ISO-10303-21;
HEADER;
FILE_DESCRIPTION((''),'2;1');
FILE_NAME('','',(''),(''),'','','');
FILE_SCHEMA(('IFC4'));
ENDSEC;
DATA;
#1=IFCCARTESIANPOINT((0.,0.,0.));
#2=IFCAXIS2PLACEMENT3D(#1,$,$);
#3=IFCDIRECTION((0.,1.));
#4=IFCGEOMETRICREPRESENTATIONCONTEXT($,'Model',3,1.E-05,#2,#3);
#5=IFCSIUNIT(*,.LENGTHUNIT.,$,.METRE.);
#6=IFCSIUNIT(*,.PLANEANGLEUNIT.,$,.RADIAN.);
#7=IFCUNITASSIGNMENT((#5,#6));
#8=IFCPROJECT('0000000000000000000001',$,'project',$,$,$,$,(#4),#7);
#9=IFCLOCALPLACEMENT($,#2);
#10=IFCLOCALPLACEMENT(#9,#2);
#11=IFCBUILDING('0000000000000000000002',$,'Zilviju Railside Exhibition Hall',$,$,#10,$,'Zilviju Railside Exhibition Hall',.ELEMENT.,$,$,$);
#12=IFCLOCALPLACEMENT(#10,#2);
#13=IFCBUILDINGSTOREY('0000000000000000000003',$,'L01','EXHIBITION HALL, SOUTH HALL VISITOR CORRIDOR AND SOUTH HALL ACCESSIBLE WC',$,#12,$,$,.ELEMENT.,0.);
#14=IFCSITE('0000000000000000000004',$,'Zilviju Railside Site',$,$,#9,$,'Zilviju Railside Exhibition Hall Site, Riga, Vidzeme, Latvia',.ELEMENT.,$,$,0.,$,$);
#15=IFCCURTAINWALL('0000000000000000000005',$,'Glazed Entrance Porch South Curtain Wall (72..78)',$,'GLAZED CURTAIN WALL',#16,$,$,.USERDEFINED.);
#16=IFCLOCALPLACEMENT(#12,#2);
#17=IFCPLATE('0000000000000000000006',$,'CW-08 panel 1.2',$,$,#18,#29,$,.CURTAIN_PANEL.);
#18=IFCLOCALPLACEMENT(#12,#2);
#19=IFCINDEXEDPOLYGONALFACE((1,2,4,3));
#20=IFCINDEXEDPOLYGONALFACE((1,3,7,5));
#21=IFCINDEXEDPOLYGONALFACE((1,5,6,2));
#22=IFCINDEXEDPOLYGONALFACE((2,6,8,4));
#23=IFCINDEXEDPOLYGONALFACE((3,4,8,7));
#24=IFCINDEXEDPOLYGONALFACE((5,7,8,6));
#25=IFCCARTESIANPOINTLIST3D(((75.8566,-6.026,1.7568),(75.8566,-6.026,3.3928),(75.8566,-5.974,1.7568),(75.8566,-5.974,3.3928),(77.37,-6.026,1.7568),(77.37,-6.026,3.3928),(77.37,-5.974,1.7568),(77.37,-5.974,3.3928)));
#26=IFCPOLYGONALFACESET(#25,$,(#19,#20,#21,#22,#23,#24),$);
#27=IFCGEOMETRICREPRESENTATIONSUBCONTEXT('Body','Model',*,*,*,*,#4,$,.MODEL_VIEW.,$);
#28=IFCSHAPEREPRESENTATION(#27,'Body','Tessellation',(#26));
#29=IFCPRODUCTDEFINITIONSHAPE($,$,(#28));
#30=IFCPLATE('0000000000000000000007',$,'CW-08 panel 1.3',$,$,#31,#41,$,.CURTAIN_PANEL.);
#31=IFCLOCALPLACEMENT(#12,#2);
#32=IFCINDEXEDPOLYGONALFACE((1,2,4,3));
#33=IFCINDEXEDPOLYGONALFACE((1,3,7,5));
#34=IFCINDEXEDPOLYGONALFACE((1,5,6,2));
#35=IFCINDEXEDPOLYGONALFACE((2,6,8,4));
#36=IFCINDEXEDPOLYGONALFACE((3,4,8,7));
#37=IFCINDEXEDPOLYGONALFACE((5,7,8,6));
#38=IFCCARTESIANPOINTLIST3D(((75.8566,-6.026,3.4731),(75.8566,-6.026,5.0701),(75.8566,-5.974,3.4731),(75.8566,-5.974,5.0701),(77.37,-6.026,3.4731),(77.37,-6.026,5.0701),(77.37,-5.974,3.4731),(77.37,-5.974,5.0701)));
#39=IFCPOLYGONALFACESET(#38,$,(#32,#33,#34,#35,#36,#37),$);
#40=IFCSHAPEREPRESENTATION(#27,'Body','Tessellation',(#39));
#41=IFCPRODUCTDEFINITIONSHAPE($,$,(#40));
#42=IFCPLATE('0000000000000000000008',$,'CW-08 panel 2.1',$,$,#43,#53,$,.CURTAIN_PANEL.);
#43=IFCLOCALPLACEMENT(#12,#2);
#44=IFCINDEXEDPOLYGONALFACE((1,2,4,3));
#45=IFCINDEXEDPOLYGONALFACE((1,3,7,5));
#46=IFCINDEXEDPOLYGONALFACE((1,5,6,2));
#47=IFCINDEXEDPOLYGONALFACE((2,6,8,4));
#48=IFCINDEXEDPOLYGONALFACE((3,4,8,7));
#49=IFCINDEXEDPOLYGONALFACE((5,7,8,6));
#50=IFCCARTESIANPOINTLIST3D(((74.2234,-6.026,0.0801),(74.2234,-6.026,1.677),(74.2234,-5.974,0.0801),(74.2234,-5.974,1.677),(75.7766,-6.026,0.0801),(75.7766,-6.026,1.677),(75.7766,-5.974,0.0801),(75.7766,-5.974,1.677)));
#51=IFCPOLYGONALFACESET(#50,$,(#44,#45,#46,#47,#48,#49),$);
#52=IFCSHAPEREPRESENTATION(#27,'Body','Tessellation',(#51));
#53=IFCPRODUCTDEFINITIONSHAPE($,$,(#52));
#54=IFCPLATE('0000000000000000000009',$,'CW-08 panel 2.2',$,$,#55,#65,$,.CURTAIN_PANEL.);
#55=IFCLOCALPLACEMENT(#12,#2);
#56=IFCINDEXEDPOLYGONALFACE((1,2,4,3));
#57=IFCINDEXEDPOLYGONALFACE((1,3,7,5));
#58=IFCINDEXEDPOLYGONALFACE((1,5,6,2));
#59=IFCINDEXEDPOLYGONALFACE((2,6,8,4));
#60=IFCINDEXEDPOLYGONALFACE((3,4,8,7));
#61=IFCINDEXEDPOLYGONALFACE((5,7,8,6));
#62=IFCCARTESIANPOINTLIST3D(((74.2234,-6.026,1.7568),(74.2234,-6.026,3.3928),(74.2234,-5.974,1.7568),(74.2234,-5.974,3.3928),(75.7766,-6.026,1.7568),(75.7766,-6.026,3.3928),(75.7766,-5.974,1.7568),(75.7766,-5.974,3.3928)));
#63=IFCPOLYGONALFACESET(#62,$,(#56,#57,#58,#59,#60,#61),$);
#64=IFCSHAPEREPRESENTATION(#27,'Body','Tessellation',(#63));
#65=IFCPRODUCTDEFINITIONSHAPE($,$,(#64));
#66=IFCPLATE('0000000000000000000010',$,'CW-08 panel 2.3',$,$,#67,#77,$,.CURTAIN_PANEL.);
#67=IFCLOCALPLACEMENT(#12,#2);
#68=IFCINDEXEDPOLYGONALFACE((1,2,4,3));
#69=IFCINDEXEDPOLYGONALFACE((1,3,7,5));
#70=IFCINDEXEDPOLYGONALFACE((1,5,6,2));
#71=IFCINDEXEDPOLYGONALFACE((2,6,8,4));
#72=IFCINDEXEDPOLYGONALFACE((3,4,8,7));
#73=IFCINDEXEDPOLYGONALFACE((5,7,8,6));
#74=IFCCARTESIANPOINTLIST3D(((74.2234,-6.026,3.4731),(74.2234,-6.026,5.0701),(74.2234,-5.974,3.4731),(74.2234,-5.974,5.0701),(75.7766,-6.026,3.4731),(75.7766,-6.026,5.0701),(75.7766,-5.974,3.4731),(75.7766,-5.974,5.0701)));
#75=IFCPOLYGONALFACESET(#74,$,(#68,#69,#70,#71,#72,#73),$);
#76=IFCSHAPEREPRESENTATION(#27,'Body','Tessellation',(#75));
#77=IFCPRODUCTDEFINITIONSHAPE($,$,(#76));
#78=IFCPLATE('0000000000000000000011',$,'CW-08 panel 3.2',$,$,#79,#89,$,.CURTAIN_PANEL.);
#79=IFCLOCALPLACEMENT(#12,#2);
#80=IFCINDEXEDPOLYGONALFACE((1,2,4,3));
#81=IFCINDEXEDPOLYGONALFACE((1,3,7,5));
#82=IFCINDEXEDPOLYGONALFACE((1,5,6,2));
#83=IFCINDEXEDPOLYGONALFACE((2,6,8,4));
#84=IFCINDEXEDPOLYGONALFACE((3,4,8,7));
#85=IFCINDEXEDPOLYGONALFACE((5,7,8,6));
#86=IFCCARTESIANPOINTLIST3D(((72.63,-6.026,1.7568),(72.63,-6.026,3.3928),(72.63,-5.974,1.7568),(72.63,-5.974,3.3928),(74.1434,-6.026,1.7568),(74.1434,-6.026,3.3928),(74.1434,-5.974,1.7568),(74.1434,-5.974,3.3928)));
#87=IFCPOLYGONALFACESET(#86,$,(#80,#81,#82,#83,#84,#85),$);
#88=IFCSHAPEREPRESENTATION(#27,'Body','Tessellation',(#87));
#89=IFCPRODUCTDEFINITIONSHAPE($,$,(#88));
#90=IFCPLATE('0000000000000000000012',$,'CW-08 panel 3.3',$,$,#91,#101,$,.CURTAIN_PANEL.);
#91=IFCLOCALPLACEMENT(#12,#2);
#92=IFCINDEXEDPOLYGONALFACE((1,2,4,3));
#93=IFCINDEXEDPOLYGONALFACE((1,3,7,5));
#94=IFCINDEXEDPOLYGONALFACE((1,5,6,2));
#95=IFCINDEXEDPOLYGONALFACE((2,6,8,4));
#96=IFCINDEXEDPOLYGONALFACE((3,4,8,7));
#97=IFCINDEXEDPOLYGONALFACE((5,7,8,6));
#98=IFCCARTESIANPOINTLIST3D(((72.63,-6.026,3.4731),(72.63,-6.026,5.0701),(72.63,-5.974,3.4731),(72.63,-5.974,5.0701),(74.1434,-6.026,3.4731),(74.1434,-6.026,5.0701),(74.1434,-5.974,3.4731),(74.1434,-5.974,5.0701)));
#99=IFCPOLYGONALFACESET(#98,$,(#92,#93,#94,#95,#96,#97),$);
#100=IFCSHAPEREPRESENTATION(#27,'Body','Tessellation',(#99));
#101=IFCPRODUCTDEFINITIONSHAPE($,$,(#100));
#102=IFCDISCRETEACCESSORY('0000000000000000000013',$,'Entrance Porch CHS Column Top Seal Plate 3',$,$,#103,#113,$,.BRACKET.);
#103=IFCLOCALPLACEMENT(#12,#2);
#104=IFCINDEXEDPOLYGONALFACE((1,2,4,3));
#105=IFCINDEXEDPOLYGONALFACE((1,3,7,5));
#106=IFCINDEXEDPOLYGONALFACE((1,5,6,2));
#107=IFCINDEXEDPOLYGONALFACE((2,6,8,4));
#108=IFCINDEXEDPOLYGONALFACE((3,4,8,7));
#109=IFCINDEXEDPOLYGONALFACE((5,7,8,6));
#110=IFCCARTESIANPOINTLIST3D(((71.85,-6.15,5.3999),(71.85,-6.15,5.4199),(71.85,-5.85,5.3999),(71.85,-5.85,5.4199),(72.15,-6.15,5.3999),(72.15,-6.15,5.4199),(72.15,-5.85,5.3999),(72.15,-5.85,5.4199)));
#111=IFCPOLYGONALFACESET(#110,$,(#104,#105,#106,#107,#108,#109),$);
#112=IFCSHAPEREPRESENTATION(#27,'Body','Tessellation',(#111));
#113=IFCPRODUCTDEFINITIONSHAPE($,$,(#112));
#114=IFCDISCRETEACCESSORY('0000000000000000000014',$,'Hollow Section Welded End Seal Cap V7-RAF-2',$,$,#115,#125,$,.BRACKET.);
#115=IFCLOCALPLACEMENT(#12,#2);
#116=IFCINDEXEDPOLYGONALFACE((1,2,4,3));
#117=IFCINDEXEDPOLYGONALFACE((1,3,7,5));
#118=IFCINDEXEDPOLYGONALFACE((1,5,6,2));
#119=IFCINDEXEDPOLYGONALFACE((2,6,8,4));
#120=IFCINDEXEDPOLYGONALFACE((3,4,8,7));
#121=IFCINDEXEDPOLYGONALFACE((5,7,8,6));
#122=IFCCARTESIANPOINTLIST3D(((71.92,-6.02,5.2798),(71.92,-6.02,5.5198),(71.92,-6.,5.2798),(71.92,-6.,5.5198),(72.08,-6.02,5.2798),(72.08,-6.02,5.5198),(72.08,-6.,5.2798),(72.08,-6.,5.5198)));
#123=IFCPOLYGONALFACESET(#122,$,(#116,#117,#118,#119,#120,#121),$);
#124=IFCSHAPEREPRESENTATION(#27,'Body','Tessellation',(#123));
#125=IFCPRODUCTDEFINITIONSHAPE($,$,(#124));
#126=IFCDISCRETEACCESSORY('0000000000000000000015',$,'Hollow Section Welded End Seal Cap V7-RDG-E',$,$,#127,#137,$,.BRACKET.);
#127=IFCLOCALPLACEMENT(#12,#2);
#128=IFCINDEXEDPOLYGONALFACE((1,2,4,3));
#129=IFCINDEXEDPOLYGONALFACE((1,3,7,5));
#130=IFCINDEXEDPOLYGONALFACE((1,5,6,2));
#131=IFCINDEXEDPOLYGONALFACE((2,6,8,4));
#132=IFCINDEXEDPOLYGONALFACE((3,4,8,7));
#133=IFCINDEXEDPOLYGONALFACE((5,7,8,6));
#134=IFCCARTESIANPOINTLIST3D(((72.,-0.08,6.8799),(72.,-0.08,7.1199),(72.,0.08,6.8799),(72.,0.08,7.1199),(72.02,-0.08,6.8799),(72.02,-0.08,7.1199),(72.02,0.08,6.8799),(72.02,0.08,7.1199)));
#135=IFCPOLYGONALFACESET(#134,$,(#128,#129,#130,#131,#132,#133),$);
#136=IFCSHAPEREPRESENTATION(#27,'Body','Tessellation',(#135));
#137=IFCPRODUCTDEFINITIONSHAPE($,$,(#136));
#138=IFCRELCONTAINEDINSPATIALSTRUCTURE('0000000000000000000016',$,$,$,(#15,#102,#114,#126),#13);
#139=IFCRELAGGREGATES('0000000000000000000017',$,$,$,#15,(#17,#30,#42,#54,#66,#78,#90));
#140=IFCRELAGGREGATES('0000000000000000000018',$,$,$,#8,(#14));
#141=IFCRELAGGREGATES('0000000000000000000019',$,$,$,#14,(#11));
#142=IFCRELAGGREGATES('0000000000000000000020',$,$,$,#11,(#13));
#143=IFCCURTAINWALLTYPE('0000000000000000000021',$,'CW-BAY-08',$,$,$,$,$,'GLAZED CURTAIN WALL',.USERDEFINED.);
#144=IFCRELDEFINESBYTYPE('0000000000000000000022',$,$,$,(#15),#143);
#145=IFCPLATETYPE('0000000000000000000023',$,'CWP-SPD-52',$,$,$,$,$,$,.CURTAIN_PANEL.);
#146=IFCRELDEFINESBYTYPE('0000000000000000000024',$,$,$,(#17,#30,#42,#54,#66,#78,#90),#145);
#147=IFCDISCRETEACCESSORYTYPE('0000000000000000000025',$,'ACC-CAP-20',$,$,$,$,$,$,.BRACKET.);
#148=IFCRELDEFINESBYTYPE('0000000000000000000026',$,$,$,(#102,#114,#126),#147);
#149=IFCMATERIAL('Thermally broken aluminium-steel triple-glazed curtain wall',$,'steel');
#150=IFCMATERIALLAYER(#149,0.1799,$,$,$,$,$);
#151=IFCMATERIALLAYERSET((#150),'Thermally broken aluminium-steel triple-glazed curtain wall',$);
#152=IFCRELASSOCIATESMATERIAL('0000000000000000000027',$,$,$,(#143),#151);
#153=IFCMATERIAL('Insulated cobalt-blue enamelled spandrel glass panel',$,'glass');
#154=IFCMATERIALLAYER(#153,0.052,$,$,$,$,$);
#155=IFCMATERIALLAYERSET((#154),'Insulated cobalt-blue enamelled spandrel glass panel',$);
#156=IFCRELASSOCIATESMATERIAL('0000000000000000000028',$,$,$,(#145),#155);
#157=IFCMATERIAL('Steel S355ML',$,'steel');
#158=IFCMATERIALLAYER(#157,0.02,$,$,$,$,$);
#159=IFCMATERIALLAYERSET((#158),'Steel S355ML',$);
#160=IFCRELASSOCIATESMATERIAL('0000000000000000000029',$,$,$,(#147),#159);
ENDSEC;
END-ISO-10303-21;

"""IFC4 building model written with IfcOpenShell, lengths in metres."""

from ifc_helpers import new_model, si_unit, direction, frame, origin, origin_2d, place, context, subcontext, project, spatial, rectangle, extrude, material, layer, layer_set, type_object, element, aggregate, save


model = new_model("IFC4")

# Units and contexts
model_context = context("Model", 3, precision=1e-05, world=origin(), true_north=direction((0.0, 1.0)))
body_context = subcontext(model_context, "Body", "Model", "MODEL_VIEW")
ifc_project = project(units=[si_unit("LENGTHUNIT", "METRE"), si_unit("PLANEANGLEUNIT", "RADIAN")], contexts=[model_context])

# Site, building, storey
site_placement = place(None, origin())
site = spatial("IfcSite", under=ifc_project, at=site_placement, Name="Zilviju Railside Site", LongName="Zilviju Railside Exhibition Hall Site, Riga, Vidzeme, Latvia", CompositionType="ELEMENT", RefElevation=0.0)
building_placement = place(site_placement, origin())
building = spatial("IfcBuilding", under=site, at=building_placement, Name="Zilviju Railside Exhibition Hall", LongName="Zilviju Railside Exhibition Hall", CompositionType="ELEMENT")
storey_placement = place(building_placement, origin())
storey = spatial("IfcBuildingStorey", under=building, at=storey_placement, Name="L01", Description="EXHIBITION HALL, SOUTH HALL VISITOR CORRIDOR AND SOUTH HALL ACCESSIBLE WC", CompositionType="ELEMENT", Elevation=0.0)

# Shared definitions
ifc_material_1 = material(Name="Steel S355ML", Category="steel")

# Curtain wall
ifc_material_2 = material(Name="Thermally broken aluminium-steel triple-glazed curtain wall", Category="steel")
ifc_layer_1 = layer(ifc_material_2, 0.1799)
ifc_layer_set_1 = layer_set([ifc_layer_1], Name="Thermally broken aluminium-steel triple-glazed curtain wall")
curtain_wall_type = type_object("IfcCurtainWallType", Name="CW-BAY-08", ElementType="GLAZED CURTAIN WALL", PredefinedType="USERDEFINED", material=ifc_layer_set_1)
curtain_wall_placement = place(storey_placement, origin())
curtain_wall = element("IfcCurtainWall", 1, at=curtain_wall_placement, inside=storey, type_object=curtain_wall_type, Name="Glazed Entrance Porch South Curtain Wall (72..78)", ObjectType="GLAZED CURTAIN WALL", PredefinedType="USERDEFINED")

# Plates
ifc_material_3 = material(Name="Insulated cobalt-blue enamelled spandrel glass panel", Category="glass")
ifc_layer_2 = layer(ifc_material_3, 0.052)
ifc_layer_set_2 = layer_set([ifc_layer_2], Name="Insulated cobalt-blue enamelled spandrel glass panel")
plate_type = type_object("IfcPlateType", Name="CWP-SPD-52", PredefinedType="CURTAIN_PANEL", material=ifc_layer_set_2)
plate_1_placement = place(storey_placement, frame((76.6133, -6.0, 1.7568), z_axis=(0.0, 0.0, 1.0), x_axis=(-1.0, 0.0, 0.0)))
plate_1 = element("IfcPlate", 2, at=plate_1_placement, type_object=plate_type, Name="CW-08 panel 1.2", PredefinedType="CURTAIN_PANEL", context=body_context, shape_type="SweptSolid", body=[
    extrude(rectangle(XDim=1.5134, YDim=0.052, at=origin_2d()), origin(), (0.0, 0.0, 1.0), 1.636),
])
plate_2_placement = place(storey_placement, frame((76.6133, -6.0, 3.4731), z_axis=(0.0, 0.0, 1.0), x_axis=(-1.0, 0.0, 0.0)))
plate_2 = element("IfcPlate", 3, at=plate_2_placement, type_object=plate_type, Name="CW-08 panel 1.3", PredefinedType="CURTAIN_PANEL", context=body_context, shape_type="SweptSolid", body=[
    extrude(rectangle(XDim=1.5134, YDim=0.052, at=origin_2d()), origin(), (0.0, 0.0, 1.0), 1.5969),
])
plate_3_placement = place(storey_placement, frame((75.0, -6.0, 0.0801), z_axis=(0.0, 0.0, 1.0), x_axis=(-1.0, 0.0, 0.0)))
plate_3 = element("IfcPlate", 4, at=plate_3_placement, type_object=plate_type, Name="CW-08 panel 2.1", PredefinedType="CURTAIN_PANEL", context=body_context, shape_type="SweptSolid", body=[
    extrude(rectangle(XDim=1.5532, YDim=0.052, at=origin_2d()), origin(), (0.0, 0.0, 1.0), 1.5969),
])
plate_4_placement = place(storey_placement, frame((75.0, -6.0, 1.7568), z_axis=(0.0, 0.0, 1.0), x_axis=(-1.0, 0.0, 0.0)))
plate_4 = element("IfcPlate", 5, at=plate_4_placement, type_object=plate_type, Name="CW-08 panel 2.2", PredefinedType="CURTAIN_PANEL", context=body_context, shape_type="SweptSolid", body=[
    extrude(rectangle(XDim=1.5532, YDim=0.052, at=origin_2d()), origin(), (0.0, 0.0, 1.0), 1.636),
])
plate_5_placement = place(storey_placement, frame((75.0, -6.0, 3.4731), z_axis=(0.0, 0.0, 1.0), x_axis=(-1.0, 0.0, 0.0)))
plate_5 = element("IfcPlate", 6, at=plate_5_placement, type_object=plate_type, Name="CW-08 panel 2.3", PredefinedType="CURTAIN_PANEL", context=body_context, shape_type="SweptSolid", body=[
    extrude(rectangle(XDim=1.5532, YDim=0.052, at=origin_2d()), origin(), (0.0, 0.0, 1.0), 1.5969),
])
plate_6_placement = place(storey_placement, frame((73.3867, -6.0, 1.7568), z_axis=(0.0, 0.0, 1.0), x_axis=(-1.0, 0.0, 0.0)))
plate_6 = element("IfcPlate", 7, at=plate_6_placement, type_object=plate_type, Name="CW-08 panel 3.2", PredefinedType="CURTAIN_PANEL", context=body_context, shape_type="SweptSolid", body=[
    extrude(rectangle(XDim=1.5134, YDim=0.052, at=origin_2d()), origin(), (0.0, 0.0, 1.0), 1.636),
])
plate_7_placement = place(storey_placement, frame((73.3867, -6.0, 3.4731), z_axis=(0.0, 0.0, 1.0), x_axis=(-1.0, 0.0, 0.0)))
plate_7 = element("IfcPlate", 8, at=plate_7_placement, type_object=plate_type, Name="CW-08 panel 3.3", PredefinedType="CURTAIN_PANEL", context=body_context, shape_type="SweptSolid", body=[
    extrude(rectangle(XDim=1.5134, YDim=0.052, at=origin_2d()), origin(), (0.0, 0.0, 1.0), 1.5969),
])
aggregate(curtain_wall, [plate_1, plate_2, plate_3, plate_4, plate_5, plate_6, plate_7])

# Discrete accessories
ifc_layer_3 = layer(ifc_material_1, 0.02)
ifc_layer_set_3 = layer_set([ifc_layer_3], Name="Steel S355ML")
discrete_accessory_type = type_object("IfcDiscreteAccessoryType", Name="ACC-CAP-20", PredefinedType="BRACKET", material=ifc_layer_set_3)
discrete_accessory_1_placement = place(storey_placement, frame((72.0, -6.0, 5.3999), z_axis=(0.0, 0.0, 1.0), x_axis=(1.0, 0.0, 0.0)))
element("IfcDiscreteAccessory", 9, at=discrete_accessory_1_placement, inside=storey, type_object=discrete_accessory_type, Name="Entrance Porch CHS Column Top Seal Plate 3", PredefinedType="BRACKET", context=body_context, shape_type="SweptSolid", body=[
    extrude(rectangle(XDim=0.3, YDim=0.3, at=origin_2d()), origin(), (0.0, 0.0, 1.0), 0.02),
])
discrete_accessory_2_placement = place(storey_placement, frame((72.0, -6.01, 5.2798), z_axis=(0.0, 0.0, 1.0), x_axis=(1.0, 0.0, 0.0)))
element("IfcDiscreteAccessory", 10, at=discrete_accessory_2_placement, inside=storey, type_object=discrete_accessory_type, Name="Hollow Section Welded End Seal Cap V7-RAF-2", PredefinedType="BRACKET", context=body_context, shape_type="SweptSolid", body=[
    extrude(rectangle(XDim=0.1599, YDim=0.02, at=origin_2d()), origin(), (0.0, 0.0, 1.0), 0.24),
])
discrete_accessory_3_placement = place(storey_placement, frame((72.01, 0.0, 6.8799), z_axis=(0.0, 0.0, 1.0), x_axis=(1.0, 0.0, 0.0)))
element("IfcDiscreteAccessory", 11, at=discrete_accessory_3_placement, inside=storey, type_object=discrete_accessory_type, Name="Hollow Section Welded End Seal Cap V7-RDG-E", PredefinedType="BRACKET", context=body_context, shape_type="SweptSolid", body=[
    extrude(rectangle(XDim=0.02, YDim=0.1599, at=origin_2d()), origin(), (0.0, 0.0, 1.0), 0.24),
])

save(model, "model.ifc")
